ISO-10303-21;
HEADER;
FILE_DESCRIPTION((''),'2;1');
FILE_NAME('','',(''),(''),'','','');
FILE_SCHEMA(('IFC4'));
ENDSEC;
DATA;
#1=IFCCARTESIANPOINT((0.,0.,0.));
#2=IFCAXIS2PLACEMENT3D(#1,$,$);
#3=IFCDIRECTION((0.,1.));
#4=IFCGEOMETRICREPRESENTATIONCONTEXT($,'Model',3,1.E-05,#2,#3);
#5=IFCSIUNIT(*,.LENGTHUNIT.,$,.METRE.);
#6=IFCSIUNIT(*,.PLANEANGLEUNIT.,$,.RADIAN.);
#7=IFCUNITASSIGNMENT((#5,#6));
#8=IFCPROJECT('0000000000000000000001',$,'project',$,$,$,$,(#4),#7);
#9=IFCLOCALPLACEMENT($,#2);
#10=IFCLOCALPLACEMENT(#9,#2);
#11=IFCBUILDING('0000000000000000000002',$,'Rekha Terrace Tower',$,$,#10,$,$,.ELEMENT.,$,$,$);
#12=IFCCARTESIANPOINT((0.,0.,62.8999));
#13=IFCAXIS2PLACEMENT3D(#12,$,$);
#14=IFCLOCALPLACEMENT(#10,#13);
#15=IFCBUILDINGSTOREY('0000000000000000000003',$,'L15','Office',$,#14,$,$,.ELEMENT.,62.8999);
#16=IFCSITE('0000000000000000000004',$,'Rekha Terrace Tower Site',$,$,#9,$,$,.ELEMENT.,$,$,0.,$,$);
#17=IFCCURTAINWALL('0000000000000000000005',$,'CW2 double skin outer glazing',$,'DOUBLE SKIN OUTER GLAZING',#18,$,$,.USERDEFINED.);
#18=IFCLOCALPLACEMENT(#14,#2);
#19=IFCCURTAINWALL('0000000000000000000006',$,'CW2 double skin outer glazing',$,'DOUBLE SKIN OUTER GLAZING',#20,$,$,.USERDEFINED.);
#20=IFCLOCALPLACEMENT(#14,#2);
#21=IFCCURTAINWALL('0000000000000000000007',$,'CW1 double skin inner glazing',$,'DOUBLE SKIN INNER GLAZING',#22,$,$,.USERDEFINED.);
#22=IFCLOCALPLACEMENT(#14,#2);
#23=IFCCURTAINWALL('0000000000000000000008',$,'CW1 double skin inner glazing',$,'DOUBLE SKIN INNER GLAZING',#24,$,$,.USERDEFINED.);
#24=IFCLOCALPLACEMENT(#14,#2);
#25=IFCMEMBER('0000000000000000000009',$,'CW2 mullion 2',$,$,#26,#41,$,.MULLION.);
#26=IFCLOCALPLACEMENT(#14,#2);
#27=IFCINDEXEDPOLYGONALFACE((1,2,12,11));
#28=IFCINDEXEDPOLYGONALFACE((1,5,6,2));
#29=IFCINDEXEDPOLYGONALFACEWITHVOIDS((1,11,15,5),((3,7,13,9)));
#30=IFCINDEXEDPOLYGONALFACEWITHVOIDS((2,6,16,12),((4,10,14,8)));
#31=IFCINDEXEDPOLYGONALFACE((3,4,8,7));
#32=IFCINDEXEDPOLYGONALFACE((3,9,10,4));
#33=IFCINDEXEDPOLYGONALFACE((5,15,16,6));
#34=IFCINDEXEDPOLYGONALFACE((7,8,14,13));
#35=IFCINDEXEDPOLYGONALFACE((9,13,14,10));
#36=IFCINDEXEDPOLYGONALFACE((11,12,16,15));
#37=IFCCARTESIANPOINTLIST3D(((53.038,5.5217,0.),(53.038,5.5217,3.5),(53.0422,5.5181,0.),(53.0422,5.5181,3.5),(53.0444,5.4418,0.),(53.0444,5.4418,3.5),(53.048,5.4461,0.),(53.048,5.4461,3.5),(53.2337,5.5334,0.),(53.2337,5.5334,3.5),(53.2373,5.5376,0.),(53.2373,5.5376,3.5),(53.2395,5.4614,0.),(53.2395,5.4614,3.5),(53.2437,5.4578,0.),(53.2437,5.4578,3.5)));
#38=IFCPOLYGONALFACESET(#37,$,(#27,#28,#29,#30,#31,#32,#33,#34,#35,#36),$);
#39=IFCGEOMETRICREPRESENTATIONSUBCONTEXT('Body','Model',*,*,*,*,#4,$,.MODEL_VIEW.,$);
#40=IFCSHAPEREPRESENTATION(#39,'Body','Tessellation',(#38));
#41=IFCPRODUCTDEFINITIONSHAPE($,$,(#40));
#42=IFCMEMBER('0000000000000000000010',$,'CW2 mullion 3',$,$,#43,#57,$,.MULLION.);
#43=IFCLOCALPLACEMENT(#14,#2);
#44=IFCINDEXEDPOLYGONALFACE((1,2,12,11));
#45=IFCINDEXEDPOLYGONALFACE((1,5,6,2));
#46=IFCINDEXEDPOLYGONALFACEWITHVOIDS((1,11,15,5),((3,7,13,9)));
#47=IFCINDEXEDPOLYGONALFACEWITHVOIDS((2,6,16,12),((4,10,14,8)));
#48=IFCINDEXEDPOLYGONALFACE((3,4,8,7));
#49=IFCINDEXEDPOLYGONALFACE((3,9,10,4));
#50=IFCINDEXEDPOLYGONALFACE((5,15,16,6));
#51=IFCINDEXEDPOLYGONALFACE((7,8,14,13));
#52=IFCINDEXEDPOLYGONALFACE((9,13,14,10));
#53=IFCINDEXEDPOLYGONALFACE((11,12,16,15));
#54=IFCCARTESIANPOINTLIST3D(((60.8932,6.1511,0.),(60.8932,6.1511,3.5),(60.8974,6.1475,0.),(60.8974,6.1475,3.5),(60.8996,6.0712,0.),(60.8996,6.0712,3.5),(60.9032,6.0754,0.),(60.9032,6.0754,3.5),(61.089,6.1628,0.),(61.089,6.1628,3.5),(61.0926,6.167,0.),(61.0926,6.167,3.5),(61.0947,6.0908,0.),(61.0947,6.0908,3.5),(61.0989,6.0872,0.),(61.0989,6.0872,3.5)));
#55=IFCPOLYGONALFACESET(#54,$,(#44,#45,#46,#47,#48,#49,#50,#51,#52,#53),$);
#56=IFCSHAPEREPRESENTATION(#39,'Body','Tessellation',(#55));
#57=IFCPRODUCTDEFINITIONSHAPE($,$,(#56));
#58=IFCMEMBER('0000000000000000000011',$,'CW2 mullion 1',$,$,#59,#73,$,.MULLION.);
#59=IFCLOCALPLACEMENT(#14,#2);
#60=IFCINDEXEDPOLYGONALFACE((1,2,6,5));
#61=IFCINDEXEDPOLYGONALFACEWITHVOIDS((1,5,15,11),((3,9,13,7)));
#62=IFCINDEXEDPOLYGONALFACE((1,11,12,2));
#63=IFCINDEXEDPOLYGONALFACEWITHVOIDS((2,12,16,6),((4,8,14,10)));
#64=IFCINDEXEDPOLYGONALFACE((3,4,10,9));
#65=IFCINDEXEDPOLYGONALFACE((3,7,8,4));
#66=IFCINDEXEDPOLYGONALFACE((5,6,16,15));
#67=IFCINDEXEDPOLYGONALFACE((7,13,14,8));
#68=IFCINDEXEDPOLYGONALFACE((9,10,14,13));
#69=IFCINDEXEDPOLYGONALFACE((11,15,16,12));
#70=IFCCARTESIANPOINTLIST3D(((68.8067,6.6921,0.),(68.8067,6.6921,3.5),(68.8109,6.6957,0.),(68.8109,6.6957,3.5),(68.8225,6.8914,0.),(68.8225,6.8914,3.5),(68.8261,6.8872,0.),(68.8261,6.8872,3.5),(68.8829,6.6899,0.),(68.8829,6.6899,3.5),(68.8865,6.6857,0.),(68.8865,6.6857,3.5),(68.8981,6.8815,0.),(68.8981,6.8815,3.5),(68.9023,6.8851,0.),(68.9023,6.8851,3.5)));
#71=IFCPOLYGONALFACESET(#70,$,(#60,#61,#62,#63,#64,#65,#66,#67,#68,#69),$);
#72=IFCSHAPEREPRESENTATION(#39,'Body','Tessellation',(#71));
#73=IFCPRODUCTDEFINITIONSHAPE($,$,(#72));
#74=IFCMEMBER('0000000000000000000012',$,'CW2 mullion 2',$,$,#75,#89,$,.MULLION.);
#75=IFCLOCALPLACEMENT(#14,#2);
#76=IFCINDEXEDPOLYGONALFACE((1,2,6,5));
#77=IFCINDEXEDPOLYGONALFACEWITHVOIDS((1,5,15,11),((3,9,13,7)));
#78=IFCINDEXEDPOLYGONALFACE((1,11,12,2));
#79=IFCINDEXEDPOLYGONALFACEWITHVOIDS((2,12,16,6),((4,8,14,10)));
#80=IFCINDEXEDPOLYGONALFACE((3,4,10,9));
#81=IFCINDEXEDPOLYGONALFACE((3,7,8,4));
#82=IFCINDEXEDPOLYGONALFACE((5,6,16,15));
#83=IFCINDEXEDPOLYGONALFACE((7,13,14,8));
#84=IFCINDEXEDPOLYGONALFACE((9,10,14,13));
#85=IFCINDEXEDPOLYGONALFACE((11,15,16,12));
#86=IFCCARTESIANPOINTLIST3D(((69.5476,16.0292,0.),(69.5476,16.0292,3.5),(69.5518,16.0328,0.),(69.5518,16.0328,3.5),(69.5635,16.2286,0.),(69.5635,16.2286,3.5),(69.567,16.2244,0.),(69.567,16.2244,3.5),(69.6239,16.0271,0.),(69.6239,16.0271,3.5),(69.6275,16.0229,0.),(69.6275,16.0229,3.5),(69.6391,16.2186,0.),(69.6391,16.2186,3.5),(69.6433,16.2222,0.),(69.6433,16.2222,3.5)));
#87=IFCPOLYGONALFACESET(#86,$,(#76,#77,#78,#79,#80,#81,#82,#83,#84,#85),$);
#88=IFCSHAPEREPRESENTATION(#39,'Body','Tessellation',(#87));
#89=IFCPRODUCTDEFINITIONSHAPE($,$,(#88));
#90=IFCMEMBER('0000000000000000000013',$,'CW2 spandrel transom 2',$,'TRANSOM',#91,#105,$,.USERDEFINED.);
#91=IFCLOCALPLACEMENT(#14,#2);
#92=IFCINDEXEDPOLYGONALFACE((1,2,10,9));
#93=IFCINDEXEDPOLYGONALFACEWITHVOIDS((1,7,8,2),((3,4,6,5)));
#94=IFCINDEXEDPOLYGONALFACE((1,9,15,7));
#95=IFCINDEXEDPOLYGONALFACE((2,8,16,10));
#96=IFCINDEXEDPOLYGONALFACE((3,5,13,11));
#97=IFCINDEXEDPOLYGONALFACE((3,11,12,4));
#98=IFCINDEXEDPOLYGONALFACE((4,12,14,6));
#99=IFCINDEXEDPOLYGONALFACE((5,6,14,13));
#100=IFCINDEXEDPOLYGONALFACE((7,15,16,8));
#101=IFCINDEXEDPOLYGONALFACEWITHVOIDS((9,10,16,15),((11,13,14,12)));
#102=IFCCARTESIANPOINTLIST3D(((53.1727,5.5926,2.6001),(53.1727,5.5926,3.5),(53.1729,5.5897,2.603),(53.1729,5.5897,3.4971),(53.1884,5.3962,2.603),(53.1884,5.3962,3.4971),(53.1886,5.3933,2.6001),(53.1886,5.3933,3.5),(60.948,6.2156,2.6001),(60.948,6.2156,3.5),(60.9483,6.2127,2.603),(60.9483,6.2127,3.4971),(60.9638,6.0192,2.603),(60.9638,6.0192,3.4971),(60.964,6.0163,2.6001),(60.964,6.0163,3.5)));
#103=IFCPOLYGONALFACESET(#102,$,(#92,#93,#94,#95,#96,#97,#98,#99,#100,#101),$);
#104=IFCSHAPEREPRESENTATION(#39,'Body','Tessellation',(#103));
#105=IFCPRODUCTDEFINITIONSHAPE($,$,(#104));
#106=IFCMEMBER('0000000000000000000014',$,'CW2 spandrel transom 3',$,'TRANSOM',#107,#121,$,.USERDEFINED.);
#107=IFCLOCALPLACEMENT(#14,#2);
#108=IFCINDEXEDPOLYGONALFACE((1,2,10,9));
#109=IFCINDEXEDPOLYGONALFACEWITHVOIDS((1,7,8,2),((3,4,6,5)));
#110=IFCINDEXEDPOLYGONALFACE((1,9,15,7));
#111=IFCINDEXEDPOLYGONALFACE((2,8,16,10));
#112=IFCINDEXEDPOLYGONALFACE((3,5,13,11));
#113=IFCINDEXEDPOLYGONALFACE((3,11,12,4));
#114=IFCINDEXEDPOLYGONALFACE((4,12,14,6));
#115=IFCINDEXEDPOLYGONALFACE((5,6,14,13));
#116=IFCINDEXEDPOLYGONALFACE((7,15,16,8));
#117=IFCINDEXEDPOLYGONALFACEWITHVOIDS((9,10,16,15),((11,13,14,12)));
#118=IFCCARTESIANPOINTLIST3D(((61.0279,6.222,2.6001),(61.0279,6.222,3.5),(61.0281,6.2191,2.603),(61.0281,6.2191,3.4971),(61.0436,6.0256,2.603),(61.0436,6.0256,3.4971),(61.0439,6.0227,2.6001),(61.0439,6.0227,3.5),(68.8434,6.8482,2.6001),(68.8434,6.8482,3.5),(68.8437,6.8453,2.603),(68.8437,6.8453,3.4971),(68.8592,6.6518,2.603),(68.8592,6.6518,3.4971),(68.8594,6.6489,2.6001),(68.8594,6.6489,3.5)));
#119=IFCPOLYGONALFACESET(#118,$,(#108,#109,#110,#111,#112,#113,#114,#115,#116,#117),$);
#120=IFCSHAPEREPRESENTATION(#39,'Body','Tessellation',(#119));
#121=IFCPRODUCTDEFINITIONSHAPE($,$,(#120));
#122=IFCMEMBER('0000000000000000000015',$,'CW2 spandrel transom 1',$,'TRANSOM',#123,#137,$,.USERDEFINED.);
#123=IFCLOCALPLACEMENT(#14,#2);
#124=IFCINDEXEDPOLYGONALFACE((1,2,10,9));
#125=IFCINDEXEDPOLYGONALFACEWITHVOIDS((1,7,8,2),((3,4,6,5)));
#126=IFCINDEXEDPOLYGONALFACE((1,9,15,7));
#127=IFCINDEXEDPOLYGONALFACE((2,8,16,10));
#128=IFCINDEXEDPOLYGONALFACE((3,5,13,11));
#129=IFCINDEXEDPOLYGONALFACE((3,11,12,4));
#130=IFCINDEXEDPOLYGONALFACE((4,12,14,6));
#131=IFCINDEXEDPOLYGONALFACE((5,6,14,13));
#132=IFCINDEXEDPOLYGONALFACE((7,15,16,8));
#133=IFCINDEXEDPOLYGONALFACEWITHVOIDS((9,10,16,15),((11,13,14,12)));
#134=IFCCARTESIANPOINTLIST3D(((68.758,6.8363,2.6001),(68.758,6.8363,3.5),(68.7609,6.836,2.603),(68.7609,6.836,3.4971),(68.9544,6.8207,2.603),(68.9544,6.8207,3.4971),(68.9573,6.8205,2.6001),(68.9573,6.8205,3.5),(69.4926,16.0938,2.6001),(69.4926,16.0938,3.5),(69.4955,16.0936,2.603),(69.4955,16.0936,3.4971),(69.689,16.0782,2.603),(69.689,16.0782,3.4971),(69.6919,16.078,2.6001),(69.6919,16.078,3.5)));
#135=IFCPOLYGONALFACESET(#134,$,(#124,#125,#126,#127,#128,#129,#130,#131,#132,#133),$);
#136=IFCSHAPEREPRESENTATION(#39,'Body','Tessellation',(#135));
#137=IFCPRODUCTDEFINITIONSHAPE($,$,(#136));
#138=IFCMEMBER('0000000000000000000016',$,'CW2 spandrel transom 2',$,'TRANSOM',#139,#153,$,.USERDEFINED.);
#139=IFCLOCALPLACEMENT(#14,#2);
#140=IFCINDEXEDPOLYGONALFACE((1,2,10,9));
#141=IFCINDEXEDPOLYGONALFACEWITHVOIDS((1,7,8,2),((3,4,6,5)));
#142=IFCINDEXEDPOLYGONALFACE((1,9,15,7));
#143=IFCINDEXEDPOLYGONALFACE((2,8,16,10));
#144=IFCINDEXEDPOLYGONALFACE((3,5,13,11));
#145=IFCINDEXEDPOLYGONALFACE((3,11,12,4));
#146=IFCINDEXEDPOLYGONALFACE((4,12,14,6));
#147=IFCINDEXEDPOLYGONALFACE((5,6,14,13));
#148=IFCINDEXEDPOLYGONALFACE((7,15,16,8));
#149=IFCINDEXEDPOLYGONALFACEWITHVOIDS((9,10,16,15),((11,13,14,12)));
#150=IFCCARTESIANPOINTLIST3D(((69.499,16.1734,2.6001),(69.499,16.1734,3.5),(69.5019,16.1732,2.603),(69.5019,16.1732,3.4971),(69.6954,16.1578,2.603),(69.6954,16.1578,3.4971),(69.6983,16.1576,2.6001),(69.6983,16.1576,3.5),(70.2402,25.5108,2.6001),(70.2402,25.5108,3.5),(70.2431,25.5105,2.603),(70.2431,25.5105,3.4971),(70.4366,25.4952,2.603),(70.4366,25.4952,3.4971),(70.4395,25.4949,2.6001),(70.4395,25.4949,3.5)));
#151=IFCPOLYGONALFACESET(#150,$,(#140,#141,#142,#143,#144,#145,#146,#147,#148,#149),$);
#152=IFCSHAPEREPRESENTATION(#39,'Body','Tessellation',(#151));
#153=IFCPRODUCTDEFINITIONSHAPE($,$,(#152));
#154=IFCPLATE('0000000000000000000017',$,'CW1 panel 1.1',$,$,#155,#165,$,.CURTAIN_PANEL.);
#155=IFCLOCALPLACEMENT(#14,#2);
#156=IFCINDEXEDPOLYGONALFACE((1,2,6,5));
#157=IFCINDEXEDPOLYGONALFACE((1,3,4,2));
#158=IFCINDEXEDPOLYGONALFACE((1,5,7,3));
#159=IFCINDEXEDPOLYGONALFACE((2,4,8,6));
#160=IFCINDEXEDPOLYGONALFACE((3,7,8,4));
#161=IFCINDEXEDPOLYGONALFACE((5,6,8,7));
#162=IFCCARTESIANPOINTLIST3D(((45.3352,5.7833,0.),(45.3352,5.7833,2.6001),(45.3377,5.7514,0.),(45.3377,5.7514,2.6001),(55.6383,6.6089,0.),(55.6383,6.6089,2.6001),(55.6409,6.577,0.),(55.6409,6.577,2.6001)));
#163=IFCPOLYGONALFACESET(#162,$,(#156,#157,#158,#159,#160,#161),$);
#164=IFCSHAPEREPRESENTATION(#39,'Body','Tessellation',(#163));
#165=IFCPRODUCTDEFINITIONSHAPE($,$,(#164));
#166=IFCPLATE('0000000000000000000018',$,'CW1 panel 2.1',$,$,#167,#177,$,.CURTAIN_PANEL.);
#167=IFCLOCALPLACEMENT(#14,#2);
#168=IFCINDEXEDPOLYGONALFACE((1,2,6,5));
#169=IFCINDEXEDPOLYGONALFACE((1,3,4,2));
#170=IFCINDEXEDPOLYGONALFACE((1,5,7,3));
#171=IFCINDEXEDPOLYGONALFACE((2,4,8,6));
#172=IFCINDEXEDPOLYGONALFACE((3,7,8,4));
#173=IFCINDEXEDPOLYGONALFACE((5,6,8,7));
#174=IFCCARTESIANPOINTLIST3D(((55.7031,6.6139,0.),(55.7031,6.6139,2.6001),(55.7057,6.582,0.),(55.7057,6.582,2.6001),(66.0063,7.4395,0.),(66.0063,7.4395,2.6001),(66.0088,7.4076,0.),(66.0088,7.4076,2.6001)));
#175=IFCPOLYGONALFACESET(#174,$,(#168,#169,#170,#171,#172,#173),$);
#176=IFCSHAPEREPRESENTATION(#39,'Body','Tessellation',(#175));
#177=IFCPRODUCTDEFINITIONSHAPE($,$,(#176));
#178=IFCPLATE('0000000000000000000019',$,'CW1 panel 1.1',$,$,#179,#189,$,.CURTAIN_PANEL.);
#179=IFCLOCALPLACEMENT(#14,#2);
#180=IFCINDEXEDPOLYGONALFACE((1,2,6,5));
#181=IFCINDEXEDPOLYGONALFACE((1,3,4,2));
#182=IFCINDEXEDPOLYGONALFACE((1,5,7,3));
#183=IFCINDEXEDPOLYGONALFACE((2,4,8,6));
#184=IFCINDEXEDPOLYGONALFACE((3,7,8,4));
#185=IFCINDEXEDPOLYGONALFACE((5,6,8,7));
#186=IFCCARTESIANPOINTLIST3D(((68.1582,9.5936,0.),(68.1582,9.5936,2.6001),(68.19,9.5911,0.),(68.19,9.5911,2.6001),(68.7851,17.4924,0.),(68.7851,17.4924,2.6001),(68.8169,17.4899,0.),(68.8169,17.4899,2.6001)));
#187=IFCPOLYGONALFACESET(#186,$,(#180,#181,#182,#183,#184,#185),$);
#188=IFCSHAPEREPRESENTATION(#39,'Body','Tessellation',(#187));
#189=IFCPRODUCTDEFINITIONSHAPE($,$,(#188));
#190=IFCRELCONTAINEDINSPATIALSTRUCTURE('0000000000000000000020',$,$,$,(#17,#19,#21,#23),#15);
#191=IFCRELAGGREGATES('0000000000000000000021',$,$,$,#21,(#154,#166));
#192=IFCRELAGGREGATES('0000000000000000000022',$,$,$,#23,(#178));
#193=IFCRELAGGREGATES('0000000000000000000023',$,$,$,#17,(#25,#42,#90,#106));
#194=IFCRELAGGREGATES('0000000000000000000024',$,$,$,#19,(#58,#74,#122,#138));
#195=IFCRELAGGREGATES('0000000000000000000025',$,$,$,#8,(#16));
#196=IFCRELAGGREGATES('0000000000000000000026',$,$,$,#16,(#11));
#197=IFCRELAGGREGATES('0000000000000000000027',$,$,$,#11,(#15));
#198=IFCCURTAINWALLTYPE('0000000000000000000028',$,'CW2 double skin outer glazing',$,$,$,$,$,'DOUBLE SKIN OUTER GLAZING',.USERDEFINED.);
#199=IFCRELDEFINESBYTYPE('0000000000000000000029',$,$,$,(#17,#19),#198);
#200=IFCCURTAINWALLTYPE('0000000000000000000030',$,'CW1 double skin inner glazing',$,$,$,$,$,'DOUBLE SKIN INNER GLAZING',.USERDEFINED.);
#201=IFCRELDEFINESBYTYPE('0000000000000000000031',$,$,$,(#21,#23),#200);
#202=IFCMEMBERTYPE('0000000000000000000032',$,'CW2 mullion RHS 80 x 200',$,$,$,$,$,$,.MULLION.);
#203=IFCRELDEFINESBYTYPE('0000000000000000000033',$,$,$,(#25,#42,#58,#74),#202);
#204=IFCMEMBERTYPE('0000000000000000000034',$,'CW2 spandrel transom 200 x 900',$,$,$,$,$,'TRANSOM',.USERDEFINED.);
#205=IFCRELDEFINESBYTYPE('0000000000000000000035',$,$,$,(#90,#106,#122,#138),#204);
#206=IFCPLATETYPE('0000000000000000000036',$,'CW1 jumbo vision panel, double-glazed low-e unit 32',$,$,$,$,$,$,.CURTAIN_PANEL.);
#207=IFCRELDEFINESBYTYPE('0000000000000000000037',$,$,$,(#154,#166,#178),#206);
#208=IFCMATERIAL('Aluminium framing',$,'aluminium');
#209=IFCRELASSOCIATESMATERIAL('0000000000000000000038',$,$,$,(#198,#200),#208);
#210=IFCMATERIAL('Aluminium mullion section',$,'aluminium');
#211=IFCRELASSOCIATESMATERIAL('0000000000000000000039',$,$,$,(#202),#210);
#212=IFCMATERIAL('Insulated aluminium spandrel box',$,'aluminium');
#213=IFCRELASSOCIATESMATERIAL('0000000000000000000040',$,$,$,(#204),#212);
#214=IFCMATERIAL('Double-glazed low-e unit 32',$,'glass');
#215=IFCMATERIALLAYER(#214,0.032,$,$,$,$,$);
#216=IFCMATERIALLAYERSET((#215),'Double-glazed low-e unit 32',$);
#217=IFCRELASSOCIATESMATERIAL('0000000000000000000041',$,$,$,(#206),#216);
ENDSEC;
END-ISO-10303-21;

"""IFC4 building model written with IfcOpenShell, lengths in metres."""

from ifc_helpers import new_model, si_unit, direction, frame, origin, origin_2d, place, context, subcontext, project, spatial, rectangle, hollow_rectangle, extrude, material, layer, layer_set, material_profile, profile_set, type_object, element, aggregate, save


model = new_model("IFC4")

# Units and contexts
model_context = context("Model", 3, precision=1e-05, world=origin(), true_north=direction((0.0, 1.0)))
body_context = subcontext(model_context, "Body", "Model", "MODEL_VIEW")
ifc_project = project(units=[si_unit("LENGTHUNIT", "METRE"), si_unit("PLANEANGLEUNIT", "RADIAN")], contexts=[model_context])

# Site, building, storey
site_placement = place(None, origin())
site = spatial("IfcSite", under=ifc_project, at=site_placement, Name="Rekha Terrace Tower Site", CompositionType="ELEMENT", RefElevation=0.0)
building_placement = place(site_placement, origin())
building = spatial("IfcBuilding", under=site, at=building_placement, Name="Rekha Terrace Tower", CompositionType="ELEMENT")
storey_placement = place(building_placement, frame((0.0, 0.0, 62.8999)))
storey = spatial("IfcBuildingStorey", under=building, at=storey_placement, Name="L15", Description="Office", CompositionType="ELEMENT", Elevation=62.8999)

# Curtain wall
ifc_material_1 = material(Name="Aluminium framing", Category="aluminium")
curtain_wall_type_1 = type_object("IfcCurtainWallType", Name="CW2 double skin outer glazing", ElementType="DOUBLE SKIN OUTER GLAZING", PredefinedType="USERDEFINED", material=ifc_material_1)
curtain_wall_1_placement = place(storey_placement, origin())
curtain_wall_1 = element("IfcCurtainWall", 1, at=curtain_wall_1_placement, inside=storey, type_object=curtain_wall_type_1, Name="CW2 double skin outer glazing", ObjectType="DOUBLE SKIN OUTER GLAZING", PredefinedType="USERDEFINED")

# Curtain wall
curtain_wall_2_placement = place(storey_placement, origin())
curtain_wall_2 = element("IfcCurtainWall", 2, at=curtain_wall_2_placement, inside=storey, type_object=curtain_wall_type_1, Name="CW2 double skin outer glazing", ObjectType="DOUBLE SKIN OUTER GLAZING", PredefinedType="USERDEFINED")

# Curtain wall
curtain_wall_type_2 = type_object("IfcCurtainWallType", Name="CW1 double skin inner glazing", ElementType="DOUBLE SKIN INNER GLAZING", PredefinedType="USERDEFINED", material=ifc_material_1)
curtain_wall_3_placement = place(storey_placement, origin())
curtain_wall_3 = element("IfcCurtainWall", 3, at=curtain_wall_3_placement, inside=storey, type_object=curtain_wall_type_2, Name="CW1 double skin inner glazing", ObjectType="DOUBLE SKIN INNER GLAZING", PredefinedType="USERDEFINED")
ifc_material_2 = material(Name="Aluminium mullion section", Category="aluminium")

# Curtain wall
curtain_wall_4_placement = place(storey_placement, origin())
curtain_wall_4 = element("IfcCurtainWall", 4, at=curtain_wall_4_placement, inside=storey, type_object=curtain_wall_type_2, Name="CW1 double skin inner glazing", ObjectType="DOUBLE SKIN INNER GLAZING", PredefinedType="USERDEFINED")

# Members
ifc_material_3 = material(Name="Insulated aluminium spandrel box", Category="aluminium")
ifc_material_profile_1 = material_profile(ifc_material_2, hollow_rectangle(XDim=0.0801, YDim=0.2, WallThickness=0.0039, at=origin_2d()), Name="AL RHS 80x200")
ifc_profile_set_1 = profile_set([ifc_material_profile_1], Name="Aluminium mullion section")
member_type_1 = type_object("IfcMemberType", Name="CW2 mullion RHS 80 x 200", PredefinedType="MULLION", material=ifc_profile_set_1)
member_1_placement = place(storey_placement, frame((53.1409, 5.4897, 0.0), z_axis=(0.0, 0.0, 1.0), x_axis=(-0.079872, 0.996805, 0.0)))
member_1 = element("IfcMember", 5, at=member_1_placement, type_object=member_type_1, Name="CW2 mullion 2", PredefinedType="MULLION", context=body_context, shape_type="SweptSolid", body=[
    extrude(hollow_rectangle(XDim=0.0801, YDim=0.2, WallThickness=0.0039, at=origin_2d()), origin(), (0.0, 0.0, 1.0), 3.5),
])
member_2_placement = place(storey_placement, frame((60.9961, 6.1191, 0.0), z_axis=(0.0, 0.0, 1.0), x_axis=(-0.079872, 0.996805, 0.0)))
member_2 = element("IfcMember", 6, at=member_2_placement, type_object=member_type_1, Name="CW2 mullion 3", PredefinedType="MULLION", context=body_context, shape_type="SweptSolid", body=[
    extrude(hollow_rectangle(XDim=0.0801, YDim=0.2, WallThickness=0.0039, at=origin_2d()), origin(), (0.0, 0.0, 1.0), 3.5),
])
member_3_placement = place(storey_placement, frame((68.8545, 6.7886, 0.0), z_axis=(0.0, 0.0, 1.0), x_axis=(-0.996865, 0.079116, 0.0)))
member_3 = element("IfcMember", 7, at=member_3_placement, type_object=member_type_1, Name="CW2 mullion 1", PredefinedType="MULLION", context=body_context, shape_type="SweptSolid", body=[
    extrude(hollow_rectangle(XDim=0.0801, YDim=0.2, WallThickness=0.0039, at=origin_2d()), origin(), (0.0, 0.0, 1.0), 3.5),
])
member_4_placement = place(storey_placement, frame((69.5955, 16.1257, 0.0), z_axis=(0.0, 0.0, 1.0), x_axis=(-0.996865, 0.079116, 0.0)))
member_4 = element("IfcMember", 8, at=member_4_placement, type_object=member_type_1, Name="CW2 mullion 2", PredefinedType="MULLION", context=body_context, shape_type="SweptSolid", body=[
    extrude(hollow_rectangle(XDim=0.0801, YDim=0.2, WallThickness=0.0039, at=origin_2d()), origin(), (0.0, 0.0, 1.0), 3.5),
])
ifc_material_profile_2 = material_profile(ifc_material_3, hollow_rectangle(XDim=0.2, YDim=0.8999, WallThickness=0.0029, at=origin_2d()), Name="AL SPANDREL BOX 200x900")
ifc_profile_set_2 = profile_set([ifc_material_profile_2], Name="Insulated aluminium spandrel box")
member_type_2 = type_object("IfcMemberType", Name="CW2 spandrel transom 200 x 900", ElementType="TRANSOM", PredefinedType="USERDEFINED", material=ifc_profile_set_2)
member_5_placement = place(storey_placement, frame((53.1807, 5.4929, 3.05), z_axis=(0.996805, 0.079875, 0.0), x_axis=(-0.079875, 0.996805, 0.0)))
member_5 = element("IfcMember", 9, at=member_5_placement, type_object=member_type_2, Name="CW2 spandrel transom 2", ObjectType="TRANSOM", PredefinedType="USERDEFINED", context=body_context, shape_type="SweptSolid", body=[
    extrude(hollow_rectangle(XDim=0.2, YDim=0.8999, WallThickness=0.0029, at=origin_2d()), origin(), (0.0, 0.0, 1.0), 7.8003),
])
member_6_placement = place(storey_placement, frame((61.0359, 6.1223, 3.05), z_axis=(0.996805, 0.07987, 0.0), x_axis=(-0.07987, 0.996805, 0.0)))
member_6 = element("IfcMember", 10, at=member_6_placement, type_object=member_type_2, Name="CW2 spandrel transom 3", ObjectType="TRANSOM", PredefinedType="USERDEFINED", context=body_context, shape_type="SweptSolid", body=[
    extrude(hollow_rectangle(XDim=0.2, YDim=0.8999, WallThickness=0.0029, at=origin_2d()), origin(), (0.0, 0.0, 1.0), 7.8406),
])
member_7_placement = place(storey_placement, frame((68.8577, 6.8284, 3.05), z_axis=(0.079105, 0.996866, 0.0), x_axis=(-0.996866, 0.079105, 0.0)))
member_7 = element("IfcMember", 11, at=member_7_placement, type_object=member_type_2, Name="CW2 spandrel transom 1", ObjectType="TRANSOM", PredefinedType="USERDEFINED", context=body_context, shape_type="SweptSolid", body=[
    extrude(hollow_rectangle(XDim=0.2, YDim=0.8999, WallThickness=0.0029, at=origin_2d()), origin(), (0.0, 0.0, 1.0), 9.2866),
])
member_8_placement = place(storey_placement, frame((69.5986, 16.1655, 3.05), z_axis=(0.079132, 0.996864, 0.0), x_axis=(-0.996864, 0.079132, 0.0)))
member_8 = element("IfcMember", 12, at=member_8_placement, type_object=member_type_2, Name="CW2 spandrel transom 2", ObjectType="TRANSOM", PredefinedType="USERDEFINED", context=body_context, shape_type="SweptSolid", body=[
    extrude(hollow_rectangle(XDim=0.2, YDim=0.8999, WallThickness=0.0029, at=origin_2d()), origin(), (0.0, 0.0, 1.0), 9.3667),
])

# Plates
ifc_material_4 = material(Name="Double-glazed low-e unit 32", Category="glass")
ifc_layer_1 = layer(ifc_material_4, 0.032)
ifc_layer_set_1 = layer_set([ifc_layer_1], Name="Double-glazed low-e unit 32")
plate_type_1 = type_object("IfcPlateType", Name="CW1 jumbo vision panel, double-glazed low-e unit 32", PredefinedType="CURTAIN_PANEL", material=ifc_layer_set_1)
plate_1_placement = place(storey_placement, frame((50.488, 6.1802, 0.0), z_axis=(0.0, 0.0, 1.0), x_axis=(0.996805, 0.079872, 0.0)))
plate_1 = element("IfcPlate", 13, at=plate_1_placement, type_object=plate_type_1, Name="CW1 panel 1.1", PredefinedType="CURTAIN_PANEL", context=body_context, shape_type="SweptSolid", body=[
    extrude(rectangle(XDim=10.3362, YDim=0.032, at=origin_2d()), origin(), (0.0, 0.0, 1.0), 2.6001),
])
plate_2_placement = place(storey_placement, frame((60.856, 7.0107, 0.0), z_axis=(0.0, 0.0, 1.0), x_axis=(0.996805, 0.079872, 0.0)))
plate_2 = element("IfcPlate", 14, at=plate_2_placement, type_object=plate_type_1, Name="CW1 panel 2.1", PredefinedType="CURTAIN_PANEL", context=body_context, shape_type="SweptSolid", body=[
    extrude(rectangle(XDim=10.3362, YDim=0.032, at=origin_2d()), origin(), (0.0, 0.0, 1.0), 2.6001),
])
aggregate(curtain_wall_3, [plate_1, plate_2])
plate_3_placement = place(storey_placement, frame((68.4875, 13.5417, 0.0), z_axis=(0.0, 0.0, 1.0), x_axis=(0.079116, 0.996865, 0.0)))
plate_3 = element("IfcPlate", 15, at=plate_3_placement, type_object=plate_type_1, Name="CW1 panel 1.1", PredefinedType="CURTAIN_PANEL", context=body_context, shape_type="SweptSolid", body=[
    extrude(rectangle(XDim=7.9236, YDim=0.032, at=origin_2d()), origin(), (0.0, 0.0, 1.0), 2.6001),
])
aggregate(curtain_wall_4, [plate_3])
aggregate(curtain_wall_1, [member_1, member_2, member_5, member_6])
aggregate(curtain_wall_2, [member_3, member_4, member_7, member_8])

save(model, "model.ifc")
